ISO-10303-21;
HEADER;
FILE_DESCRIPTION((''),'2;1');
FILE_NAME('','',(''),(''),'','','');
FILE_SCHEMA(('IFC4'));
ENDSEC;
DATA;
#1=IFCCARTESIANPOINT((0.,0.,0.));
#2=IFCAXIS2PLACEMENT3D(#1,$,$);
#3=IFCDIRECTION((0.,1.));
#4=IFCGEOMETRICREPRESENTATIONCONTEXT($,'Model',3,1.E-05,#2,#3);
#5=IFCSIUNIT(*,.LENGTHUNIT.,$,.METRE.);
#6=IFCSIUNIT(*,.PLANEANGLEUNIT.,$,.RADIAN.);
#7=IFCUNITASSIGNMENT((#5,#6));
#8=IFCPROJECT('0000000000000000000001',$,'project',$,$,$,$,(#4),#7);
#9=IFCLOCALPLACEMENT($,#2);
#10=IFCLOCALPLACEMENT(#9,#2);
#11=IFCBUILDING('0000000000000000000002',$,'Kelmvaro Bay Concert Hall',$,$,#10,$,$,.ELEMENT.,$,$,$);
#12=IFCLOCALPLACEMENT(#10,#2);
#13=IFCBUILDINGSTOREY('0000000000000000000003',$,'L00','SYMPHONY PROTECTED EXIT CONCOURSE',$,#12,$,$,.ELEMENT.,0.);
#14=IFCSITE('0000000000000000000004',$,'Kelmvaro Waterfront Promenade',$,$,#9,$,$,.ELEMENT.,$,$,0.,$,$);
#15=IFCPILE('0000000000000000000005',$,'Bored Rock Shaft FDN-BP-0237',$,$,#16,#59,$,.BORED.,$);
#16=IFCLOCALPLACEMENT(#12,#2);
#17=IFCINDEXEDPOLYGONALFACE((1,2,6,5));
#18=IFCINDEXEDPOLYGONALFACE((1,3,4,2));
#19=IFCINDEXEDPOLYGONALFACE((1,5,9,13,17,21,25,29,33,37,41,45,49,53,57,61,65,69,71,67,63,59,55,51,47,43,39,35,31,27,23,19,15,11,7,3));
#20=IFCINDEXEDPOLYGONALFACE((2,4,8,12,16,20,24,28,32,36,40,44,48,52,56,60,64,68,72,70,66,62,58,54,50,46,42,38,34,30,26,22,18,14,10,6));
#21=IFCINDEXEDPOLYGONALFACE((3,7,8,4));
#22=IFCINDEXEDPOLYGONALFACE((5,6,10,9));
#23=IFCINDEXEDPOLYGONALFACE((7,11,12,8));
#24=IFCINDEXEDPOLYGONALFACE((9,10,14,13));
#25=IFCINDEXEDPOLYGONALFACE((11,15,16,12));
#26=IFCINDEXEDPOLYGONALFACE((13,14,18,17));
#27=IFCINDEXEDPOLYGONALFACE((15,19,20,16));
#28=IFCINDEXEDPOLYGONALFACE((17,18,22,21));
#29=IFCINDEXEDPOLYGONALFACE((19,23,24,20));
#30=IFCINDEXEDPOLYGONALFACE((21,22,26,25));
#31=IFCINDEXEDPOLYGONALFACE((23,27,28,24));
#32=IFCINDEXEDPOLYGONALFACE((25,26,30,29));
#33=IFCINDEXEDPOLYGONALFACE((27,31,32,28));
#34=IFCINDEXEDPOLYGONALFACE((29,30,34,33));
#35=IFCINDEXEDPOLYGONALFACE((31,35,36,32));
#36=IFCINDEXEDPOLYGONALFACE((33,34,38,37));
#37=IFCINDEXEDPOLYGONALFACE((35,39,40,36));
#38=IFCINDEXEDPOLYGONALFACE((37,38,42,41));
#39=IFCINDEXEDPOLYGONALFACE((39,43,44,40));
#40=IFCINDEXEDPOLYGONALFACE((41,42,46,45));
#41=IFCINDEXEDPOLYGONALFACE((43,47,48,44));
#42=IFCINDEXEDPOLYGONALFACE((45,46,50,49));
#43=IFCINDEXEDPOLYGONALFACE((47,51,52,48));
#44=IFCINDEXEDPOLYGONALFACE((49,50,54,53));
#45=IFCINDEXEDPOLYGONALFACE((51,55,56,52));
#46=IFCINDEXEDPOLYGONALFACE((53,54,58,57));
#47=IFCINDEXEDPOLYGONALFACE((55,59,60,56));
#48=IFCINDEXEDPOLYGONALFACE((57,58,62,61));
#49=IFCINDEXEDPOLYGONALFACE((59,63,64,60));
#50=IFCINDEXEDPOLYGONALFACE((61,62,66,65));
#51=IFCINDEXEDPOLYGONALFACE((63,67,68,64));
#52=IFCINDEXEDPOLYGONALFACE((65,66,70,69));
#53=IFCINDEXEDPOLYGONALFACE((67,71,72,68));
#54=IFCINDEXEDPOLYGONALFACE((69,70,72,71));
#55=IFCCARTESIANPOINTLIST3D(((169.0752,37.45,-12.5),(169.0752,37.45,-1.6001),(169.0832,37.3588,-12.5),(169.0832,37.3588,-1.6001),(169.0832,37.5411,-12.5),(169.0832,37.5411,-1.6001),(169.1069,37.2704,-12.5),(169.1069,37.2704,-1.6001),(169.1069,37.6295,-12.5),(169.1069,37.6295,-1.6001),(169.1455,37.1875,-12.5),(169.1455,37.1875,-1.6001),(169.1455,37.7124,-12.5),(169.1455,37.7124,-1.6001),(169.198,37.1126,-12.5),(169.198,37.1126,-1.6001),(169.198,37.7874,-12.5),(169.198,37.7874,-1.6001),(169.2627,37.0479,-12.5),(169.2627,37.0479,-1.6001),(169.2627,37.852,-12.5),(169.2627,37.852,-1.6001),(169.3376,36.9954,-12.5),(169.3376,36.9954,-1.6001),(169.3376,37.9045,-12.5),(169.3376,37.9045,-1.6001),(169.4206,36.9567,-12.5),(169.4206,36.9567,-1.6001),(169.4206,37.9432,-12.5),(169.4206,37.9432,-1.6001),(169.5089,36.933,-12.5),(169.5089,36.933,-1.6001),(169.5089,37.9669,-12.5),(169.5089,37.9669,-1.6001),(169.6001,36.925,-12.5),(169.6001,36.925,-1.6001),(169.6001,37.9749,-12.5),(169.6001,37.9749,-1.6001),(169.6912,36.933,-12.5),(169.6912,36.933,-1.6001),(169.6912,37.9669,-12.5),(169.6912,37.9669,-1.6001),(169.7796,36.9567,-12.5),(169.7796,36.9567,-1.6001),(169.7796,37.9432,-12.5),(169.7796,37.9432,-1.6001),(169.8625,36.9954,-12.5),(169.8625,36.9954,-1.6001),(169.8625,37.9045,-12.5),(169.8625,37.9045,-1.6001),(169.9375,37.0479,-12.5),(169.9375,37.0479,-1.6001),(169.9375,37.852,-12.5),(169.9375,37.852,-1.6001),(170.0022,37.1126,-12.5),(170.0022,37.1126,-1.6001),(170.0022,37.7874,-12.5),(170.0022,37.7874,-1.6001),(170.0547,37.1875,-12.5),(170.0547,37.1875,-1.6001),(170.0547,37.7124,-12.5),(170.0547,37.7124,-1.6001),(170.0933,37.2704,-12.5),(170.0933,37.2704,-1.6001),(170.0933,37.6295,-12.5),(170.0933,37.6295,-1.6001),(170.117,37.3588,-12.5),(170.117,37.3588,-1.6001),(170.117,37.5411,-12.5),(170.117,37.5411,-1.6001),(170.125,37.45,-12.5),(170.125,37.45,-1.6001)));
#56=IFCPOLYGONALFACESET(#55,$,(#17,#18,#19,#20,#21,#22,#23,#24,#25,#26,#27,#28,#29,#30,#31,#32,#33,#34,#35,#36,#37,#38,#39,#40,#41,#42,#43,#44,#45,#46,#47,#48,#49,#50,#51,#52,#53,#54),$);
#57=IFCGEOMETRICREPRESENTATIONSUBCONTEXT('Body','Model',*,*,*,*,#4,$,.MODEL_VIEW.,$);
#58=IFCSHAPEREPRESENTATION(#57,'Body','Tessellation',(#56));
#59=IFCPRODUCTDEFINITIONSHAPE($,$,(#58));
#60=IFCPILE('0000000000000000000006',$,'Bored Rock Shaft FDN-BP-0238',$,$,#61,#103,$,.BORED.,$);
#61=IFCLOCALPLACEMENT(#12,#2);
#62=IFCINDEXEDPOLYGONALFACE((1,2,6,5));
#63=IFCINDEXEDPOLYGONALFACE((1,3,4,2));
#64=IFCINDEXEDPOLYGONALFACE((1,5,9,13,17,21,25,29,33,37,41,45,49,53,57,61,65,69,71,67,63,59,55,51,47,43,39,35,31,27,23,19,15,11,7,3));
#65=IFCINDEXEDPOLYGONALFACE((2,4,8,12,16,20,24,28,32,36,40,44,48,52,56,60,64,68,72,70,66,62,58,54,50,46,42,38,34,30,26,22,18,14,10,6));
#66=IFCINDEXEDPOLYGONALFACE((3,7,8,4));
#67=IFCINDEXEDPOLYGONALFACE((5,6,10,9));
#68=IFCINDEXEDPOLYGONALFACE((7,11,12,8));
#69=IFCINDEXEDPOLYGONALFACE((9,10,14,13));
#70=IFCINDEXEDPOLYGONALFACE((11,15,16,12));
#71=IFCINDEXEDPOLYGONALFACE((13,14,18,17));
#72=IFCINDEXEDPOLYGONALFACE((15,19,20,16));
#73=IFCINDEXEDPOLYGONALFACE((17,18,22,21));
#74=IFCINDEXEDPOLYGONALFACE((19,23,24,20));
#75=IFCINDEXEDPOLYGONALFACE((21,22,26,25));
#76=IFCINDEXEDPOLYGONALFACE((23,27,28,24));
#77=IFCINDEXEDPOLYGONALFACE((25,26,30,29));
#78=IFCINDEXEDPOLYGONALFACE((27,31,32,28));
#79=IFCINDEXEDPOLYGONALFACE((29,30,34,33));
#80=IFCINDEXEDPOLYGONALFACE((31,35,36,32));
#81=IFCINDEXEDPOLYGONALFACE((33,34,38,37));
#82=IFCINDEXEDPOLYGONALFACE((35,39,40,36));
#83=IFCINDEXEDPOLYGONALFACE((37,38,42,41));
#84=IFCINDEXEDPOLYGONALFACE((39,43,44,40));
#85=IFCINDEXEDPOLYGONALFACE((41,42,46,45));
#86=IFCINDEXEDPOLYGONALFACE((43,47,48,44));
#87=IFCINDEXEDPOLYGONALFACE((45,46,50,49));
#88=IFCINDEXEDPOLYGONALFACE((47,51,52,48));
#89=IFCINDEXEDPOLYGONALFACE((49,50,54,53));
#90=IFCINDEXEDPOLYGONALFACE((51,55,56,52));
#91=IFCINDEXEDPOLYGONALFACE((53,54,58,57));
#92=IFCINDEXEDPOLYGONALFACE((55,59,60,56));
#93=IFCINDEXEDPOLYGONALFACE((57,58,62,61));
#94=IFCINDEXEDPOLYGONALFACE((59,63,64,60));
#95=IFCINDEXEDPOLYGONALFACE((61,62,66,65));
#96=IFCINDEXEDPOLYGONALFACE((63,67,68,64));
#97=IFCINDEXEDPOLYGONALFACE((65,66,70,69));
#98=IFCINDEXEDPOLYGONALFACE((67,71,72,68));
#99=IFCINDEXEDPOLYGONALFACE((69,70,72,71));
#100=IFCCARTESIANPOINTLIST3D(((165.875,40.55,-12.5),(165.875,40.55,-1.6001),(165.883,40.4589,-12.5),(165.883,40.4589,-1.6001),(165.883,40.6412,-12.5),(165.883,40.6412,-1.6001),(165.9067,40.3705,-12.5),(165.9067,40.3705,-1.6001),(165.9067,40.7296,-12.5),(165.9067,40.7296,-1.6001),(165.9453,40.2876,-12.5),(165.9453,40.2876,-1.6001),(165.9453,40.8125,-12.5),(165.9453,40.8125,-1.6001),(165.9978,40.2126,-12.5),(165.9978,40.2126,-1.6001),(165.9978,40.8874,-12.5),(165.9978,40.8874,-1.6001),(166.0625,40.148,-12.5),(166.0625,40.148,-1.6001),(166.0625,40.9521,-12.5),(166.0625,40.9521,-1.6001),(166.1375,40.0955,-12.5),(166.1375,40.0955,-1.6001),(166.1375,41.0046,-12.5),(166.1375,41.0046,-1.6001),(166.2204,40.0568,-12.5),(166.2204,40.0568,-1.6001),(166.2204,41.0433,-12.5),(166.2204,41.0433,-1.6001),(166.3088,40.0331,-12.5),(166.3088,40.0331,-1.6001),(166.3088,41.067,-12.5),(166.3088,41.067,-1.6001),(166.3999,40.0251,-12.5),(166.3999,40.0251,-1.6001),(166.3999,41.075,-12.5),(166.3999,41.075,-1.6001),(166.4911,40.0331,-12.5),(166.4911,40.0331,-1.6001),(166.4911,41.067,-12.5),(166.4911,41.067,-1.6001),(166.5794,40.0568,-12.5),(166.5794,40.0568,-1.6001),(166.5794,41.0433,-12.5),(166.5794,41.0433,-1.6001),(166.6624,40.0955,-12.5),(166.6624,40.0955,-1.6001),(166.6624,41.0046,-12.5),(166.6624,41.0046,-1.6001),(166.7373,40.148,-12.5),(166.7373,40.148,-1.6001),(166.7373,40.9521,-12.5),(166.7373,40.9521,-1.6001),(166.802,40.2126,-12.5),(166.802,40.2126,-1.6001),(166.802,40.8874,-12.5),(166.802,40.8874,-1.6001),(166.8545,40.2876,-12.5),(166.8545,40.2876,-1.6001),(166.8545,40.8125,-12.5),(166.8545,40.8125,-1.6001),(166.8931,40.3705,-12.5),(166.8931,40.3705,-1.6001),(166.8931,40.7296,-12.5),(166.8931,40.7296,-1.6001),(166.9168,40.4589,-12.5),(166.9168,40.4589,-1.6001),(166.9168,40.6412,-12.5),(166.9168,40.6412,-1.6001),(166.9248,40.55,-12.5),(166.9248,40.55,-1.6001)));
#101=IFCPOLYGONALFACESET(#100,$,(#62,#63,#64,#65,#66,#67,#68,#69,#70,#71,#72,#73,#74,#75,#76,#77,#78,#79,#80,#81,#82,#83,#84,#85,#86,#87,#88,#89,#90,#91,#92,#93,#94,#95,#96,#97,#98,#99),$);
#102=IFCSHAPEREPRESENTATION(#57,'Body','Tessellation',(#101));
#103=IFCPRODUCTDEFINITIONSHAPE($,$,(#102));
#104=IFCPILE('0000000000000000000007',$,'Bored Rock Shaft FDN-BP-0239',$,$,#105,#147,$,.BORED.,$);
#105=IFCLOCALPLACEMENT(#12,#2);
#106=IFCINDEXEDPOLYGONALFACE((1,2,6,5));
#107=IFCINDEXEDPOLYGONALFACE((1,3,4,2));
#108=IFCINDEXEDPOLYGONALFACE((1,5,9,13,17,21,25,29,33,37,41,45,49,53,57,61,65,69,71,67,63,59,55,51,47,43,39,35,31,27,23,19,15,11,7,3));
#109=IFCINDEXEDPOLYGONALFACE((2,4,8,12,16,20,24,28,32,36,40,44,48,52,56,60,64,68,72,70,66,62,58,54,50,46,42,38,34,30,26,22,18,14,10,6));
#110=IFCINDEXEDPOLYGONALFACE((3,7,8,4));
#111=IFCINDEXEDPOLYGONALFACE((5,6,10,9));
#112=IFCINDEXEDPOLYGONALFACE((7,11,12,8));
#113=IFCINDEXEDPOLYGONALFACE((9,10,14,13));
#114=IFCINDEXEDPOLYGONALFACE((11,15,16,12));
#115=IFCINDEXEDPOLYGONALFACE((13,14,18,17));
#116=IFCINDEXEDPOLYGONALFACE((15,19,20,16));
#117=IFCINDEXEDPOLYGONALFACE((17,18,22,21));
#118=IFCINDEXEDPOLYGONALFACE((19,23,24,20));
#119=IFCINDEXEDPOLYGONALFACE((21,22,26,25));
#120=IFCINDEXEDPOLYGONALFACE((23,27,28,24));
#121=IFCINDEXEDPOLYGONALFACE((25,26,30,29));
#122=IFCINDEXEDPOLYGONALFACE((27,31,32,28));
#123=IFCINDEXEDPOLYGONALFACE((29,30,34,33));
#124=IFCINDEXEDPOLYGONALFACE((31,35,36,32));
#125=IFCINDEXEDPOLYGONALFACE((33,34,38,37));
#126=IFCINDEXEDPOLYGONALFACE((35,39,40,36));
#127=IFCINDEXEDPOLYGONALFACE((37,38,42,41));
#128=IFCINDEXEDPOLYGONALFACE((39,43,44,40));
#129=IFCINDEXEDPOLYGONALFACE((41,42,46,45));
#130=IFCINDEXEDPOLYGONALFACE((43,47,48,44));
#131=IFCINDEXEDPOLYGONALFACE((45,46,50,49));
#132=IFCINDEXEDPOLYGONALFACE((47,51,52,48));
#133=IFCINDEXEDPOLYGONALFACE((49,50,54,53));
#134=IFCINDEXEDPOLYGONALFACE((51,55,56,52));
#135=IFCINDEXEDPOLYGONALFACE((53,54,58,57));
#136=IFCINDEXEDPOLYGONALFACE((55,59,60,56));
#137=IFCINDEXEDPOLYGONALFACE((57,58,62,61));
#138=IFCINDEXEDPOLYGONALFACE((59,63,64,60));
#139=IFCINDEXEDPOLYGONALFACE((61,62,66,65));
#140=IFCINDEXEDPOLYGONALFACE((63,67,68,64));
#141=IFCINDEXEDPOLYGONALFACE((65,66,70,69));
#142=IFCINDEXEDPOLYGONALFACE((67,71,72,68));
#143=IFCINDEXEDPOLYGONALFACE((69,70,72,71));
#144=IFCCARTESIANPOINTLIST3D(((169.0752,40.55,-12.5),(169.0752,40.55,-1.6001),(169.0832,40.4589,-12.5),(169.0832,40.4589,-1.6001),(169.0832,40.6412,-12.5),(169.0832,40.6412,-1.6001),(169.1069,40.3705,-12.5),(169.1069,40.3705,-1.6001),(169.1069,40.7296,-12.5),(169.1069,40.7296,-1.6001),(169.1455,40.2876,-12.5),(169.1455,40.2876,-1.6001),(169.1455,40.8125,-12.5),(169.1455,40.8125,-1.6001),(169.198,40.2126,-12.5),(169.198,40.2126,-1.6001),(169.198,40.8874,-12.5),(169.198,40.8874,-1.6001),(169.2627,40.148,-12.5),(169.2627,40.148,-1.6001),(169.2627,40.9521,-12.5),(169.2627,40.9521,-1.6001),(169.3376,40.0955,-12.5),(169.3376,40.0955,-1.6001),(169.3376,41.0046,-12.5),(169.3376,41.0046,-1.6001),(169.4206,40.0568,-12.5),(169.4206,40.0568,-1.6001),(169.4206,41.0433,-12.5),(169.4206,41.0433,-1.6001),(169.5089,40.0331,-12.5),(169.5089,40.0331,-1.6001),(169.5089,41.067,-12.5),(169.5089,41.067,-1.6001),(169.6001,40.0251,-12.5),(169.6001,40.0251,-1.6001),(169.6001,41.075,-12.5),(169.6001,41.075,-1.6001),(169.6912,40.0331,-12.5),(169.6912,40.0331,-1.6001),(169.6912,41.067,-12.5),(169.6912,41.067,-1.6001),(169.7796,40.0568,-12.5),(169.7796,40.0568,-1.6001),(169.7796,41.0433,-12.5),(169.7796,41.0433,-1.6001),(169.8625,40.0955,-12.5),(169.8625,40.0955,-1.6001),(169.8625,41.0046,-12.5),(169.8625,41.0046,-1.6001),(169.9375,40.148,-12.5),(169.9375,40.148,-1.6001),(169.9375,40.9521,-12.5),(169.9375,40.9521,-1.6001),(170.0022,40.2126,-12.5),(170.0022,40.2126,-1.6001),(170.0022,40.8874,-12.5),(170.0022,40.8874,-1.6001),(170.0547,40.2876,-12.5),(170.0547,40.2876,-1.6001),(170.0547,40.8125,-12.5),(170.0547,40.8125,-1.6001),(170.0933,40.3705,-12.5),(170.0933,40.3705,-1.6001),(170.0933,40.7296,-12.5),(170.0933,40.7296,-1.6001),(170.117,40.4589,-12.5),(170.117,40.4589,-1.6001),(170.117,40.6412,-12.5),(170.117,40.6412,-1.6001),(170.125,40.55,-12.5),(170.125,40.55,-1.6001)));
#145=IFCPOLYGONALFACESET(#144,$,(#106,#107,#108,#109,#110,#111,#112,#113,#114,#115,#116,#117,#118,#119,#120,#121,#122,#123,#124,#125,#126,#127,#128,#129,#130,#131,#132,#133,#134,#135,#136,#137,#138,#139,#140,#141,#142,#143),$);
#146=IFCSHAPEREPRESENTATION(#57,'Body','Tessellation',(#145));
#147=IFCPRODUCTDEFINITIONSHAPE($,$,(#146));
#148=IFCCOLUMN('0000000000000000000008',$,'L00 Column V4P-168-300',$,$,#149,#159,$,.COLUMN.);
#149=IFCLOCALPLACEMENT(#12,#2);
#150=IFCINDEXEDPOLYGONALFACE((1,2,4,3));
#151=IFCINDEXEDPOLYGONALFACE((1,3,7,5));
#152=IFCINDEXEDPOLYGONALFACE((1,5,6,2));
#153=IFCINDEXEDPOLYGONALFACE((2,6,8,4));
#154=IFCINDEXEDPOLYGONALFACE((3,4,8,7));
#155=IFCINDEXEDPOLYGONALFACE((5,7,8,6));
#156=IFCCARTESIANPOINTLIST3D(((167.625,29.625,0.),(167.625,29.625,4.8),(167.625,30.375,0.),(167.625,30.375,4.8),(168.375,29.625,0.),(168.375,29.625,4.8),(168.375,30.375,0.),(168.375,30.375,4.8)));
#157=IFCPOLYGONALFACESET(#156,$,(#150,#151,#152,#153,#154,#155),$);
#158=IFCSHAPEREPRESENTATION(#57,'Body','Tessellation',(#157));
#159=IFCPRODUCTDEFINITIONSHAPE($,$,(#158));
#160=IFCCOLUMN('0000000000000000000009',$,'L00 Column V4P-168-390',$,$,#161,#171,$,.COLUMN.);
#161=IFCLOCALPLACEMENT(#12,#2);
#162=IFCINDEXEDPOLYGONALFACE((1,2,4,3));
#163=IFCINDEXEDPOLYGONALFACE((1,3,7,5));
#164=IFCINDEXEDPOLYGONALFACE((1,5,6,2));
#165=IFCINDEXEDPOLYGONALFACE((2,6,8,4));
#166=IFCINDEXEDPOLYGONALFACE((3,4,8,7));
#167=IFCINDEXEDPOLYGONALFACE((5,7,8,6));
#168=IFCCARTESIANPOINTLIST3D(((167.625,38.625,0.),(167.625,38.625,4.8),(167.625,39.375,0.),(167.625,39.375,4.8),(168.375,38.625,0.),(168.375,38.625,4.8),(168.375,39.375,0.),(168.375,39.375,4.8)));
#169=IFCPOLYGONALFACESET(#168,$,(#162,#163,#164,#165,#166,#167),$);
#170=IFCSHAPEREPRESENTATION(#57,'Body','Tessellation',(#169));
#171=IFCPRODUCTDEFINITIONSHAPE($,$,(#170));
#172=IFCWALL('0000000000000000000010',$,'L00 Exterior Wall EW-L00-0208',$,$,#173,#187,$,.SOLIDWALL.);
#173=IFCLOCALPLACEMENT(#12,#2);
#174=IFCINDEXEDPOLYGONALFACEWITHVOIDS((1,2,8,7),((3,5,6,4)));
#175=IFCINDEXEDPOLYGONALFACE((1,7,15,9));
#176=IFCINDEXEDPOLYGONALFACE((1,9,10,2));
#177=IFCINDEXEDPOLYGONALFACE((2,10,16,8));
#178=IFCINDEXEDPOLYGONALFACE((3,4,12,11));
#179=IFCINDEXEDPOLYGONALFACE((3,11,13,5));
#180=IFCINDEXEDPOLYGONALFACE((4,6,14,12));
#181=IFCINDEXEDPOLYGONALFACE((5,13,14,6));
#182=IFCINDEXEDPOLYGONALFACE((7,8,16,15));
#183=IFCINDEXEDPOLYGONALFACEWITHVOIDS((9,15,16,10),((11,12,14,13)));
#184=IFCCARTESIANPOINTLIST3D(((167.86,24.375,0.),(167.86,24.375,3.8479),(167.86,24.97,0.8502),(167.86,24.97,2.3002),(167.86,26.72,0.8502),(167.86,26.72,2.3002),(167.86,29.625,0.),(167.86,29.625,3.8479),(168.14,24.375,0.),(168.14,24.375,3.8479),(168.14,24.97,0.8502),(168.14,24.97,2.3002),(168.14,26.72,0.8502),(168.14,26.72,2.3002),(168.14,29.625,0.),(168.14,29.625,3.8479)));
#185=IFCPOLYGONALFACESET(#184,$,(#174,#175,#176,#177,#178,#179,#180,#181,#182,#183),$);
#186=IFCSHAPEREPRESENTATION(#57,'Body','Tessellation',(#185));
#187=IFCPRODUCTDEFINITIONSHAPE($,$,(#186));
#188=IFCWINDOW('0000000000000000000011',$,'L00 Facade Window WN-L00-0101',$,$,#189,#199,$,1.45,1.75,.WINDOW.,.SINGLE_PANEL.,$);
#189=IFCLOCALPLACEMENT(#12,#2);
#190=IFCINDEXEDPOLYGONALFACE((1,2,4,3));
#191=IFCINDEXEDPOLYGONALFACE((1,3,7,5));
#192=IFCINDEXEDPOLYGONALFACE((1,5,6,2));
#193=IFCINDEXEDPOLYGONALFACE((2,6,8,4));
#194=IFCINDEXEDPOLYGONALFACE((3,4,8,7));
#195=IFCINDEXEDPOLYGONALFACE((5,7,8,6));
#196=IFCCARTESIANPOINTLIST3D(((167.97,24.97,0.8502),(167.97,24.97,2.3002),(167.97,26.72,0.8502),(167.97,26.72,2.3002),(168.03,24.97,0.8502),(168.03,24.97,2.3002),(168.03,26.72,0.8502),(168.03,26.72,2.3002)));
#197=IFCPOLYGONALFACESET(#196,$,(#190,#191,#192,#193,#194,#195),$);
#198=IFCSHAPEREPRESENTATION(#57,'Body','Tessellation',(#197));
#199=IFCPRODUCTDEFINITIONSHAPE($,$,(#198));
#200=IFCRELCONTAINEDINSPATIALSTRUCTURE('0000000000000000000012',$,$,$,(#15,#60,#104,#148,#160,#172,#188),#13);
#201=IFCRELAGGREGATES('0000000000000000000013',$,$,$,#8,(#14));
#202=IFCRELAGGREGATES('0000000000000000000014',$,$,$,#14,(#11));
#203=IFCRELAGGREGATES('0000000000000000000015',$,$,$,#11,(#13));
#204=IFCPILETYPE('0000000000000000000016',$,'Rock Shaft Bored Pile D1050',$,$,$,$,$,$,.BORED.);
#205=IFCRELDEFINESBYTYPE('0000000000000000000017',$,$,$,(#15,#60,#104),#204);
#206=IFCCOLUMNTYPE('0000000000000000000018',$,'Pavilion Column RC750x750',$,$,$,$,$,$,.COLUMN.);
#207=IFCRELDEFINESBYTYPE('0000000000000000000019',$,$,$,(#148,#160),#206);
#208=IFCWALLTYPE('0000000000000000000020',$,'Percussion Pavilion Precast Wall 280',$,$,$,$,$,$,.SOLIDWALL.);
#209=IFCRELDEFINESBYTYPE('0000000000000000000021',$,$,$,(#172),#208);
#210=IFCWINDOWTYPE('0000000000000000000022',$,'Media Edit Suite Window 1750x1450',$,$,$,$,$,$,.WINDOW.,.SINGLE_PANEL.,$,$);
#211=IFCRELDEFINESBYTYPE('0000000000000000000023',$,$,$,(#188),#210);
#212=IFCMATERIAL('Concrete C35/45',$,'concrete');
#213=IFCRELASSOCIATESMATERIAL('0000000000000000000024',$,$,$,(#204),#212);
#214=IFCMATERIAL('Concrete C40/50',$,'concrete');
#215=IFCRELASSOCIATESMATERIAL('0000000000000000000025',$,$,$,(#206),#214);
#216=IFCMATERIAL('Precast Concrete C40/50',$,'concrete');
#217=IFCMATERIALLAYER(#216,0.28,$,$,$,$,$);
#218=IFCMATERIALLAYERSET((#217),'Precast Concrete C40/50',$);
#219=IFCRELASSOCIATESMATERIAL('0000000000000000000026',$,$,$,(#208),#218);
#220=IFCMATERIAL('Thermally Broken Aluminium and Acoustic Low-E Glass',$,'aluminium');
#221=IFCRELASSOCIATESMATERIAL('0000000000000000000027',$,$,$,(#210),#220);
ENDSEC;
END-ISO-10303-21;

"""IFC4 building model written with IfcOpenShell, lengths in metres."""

from ifc_helpers import new_model, si_unit, direction, frame, frame_2d, origin, origin_2d, place, context, subcontext, project, spatial, rectangle, circle, extrude, material, layer, layer_set, material_profile, profile_set, type_object, element, fill, save


model = new_model("IFC4")

# Units and contexts
model_context = context("Model", 3, precision=1e-05, world=origin(), true_north=direction((0.0, 1.0)))
body_context = subcontext(model_context, "Body", "Model", "MODEL_VIEW")
ifc_project = project(units=[si_unit("LENGTHUNIT", "METRE"), si_unit("PLANEANGLEUNIT", "RADIAN")], contexts=[model_context])

# Site, building, storey
site_placement = place(None, origin())
site = spatial("IfcSite", under=ifc_project, at=site_placement, Name="Kelmvaro Waterfront Promenade", CompositionType="ELEMENT", RefElevation=0.0)
building_placement = place(site_placement, origin())
building = spatial("IfcBuilding", under=site, at=building_placement, Name="Kelmvaro Bay Concert Hall", CompositionType="ELEMENT")
storey_placement = place(building_placement, origin())
storey = spatial("IfcBuildingStorey", under=building, at=storey_placement, Name="L00", Description="SYMPHONY PROTECTED EXIT CONCOURSE", CompositionType="ELEMENT", Elevation=0.0)

# Piles
ifc_material_1 = material(Name="Concrete C35/45", Category="concrete")
ifc_material_profile_1 = material_profile(ifc_material_1, circle(Radius=0.5249, at=origin_2d()), Name="PILE-BORED-1050")
ifc_profile_set_1 = profile_set([ifc_material_profile_1], Name="Concrete C35/45")
pile_type = type_object("IfcPileType", Name="Rock Shaft Bored Pile D1050", PredefinedType="BORED", material=ifc_profile_set_1)
for number, where, z_axis, x_axis, name in (
    (1, (169.6001, 37.45, -1.6001), (0.0, 0.0, -1.0), (1.0, 0.0, 0.0), "Bored Rock Shaft FDN-BP-0237"),
    (2, (166.3999, 40.55, -1.6001), (0.0, 0.0, -1.0), (1.0, 0.0, 0.0), "Bored Rock Shaft FDN-BP-0238"),
    (3, (169.6001, 40.55, -1.6001), (0.0, 0.0, -1.0), (1.0, 0.0, 0.0), "Bored Rock Shaft FDN-BP-0239"),
):
    element("IfcPile", number, at=place(storey_placement, frame(where, z_axis=z_axis, x_axis=x_axis)), inside=storey, type_object=pile_type, Name=name, PredefinedType="BORED", context=body_context, shape_type="SweptSolid", body=[
        extrude(circle(Radius=0.5249, at=origin_2d()), origin(), (0.0, 0.0, 1.0), 10.8999),
    ])

# Columns
ifc_material_2 = material(Name="Concrete C40/50", Category="concrete")
ifc_material_profile_2 = material_profile(ifc_material_2, rectangle(XDim=0.75, YDim=0.75, at=origin_2d()), Name="RC-COL-750X750")
ifc_profile_set_2 = profile_set([ifc_material_profile_2], Name="Concrete C40/50")
column_type = type_object("IfcColumnType", Name="Pavilion Column RC750x750", PredefinedType="COLUMN", material=ifc_profile_set_2)
for number, where, z_axis, x_axis, name in (
    (4, (168.0, 30.0, 0.0), (0.0, 0.0, 1.0), (1.0, 0.0, 0.0), "L00 Column V4P-168-300"),
    (5, (168.0, 39.0, 0.0), (0.0, 0.0, 1.0), (1.0, 0.0, 0.0), "L00 Column V4P-168-390"),
):
    element("IfcColumn", number, at=place(storey_placement, frame(where, z_axis=z_axis, x_axis=x_axis)), inside=storey, type_object=column_type, Name=name, PredefinedType="COLUMN", context=body_context, shape_type="SweptSolid", body=[
        extrude(rectangle(XDim=0.75, YDim=0.75, at=origin_2d()), origin(), (0.0, 0.0, 1.0), 4.8),
    ])

# Wall, opening, window
ifc_material_3 = material(Name="Precast Concrete C40/50", Category="concrete")
ifc_layer_1 = layer(ifc_material_3, 0.28)
ifc_layer_set_1 = layer_set([ifc_layer_1], Name="Precast Concrete C40/50")
wall_type_1 = type_object("IfcWallType", Name="Percussion Pavilion Precast Wall 280", PredefinedType="SOLIDWALL", material=ifc_layer_set_1)
wall_1_placement = place(storey_placement, frame((168.0, 29.625, 0.0), z_axis=(0.0, 0.0, 1.0), x_axis=(0.0, -1.0, 0.0)))
wall_1 = element("IfcWall", 6, at=wall_1_placement, inside=storey, type_object=wall_type_1, Name="L00 Exterior Wall EW-L00-0208", PredefinedType="SOLIDWALL", context=body_context, shape_type="SweptSolid", body=[
    extrude(rectangle(XDim=5.25, YDim=0.28, at=frame_2d((2.625, 0.0))), origin(), (0.0, 0.0, 1.0), 3.8479),
])
opening_1_placement = place(wall_1_placement, frame((2.905, 0.0, 0.8501)))
opening_1 = element("IfcOpeningElement", 7, at=opening_1_placement, cuts=wall_1, PredefinedType="OPENING", context=body_context, shape_type="SweptSolid", body=[
    extrude(rectangle(XDim=1.75, YDim=1.45, at=frame_2d((0.875, 0.7251))), frame((0.0, 0.1499, 0.0), z_axis=(0.0, -1.0, 0.0), x_axis=(1.0, 0.0, 0.0)), (0.0, 0.0, 1.0), 0.3),
])
ifc_material_4 = material(Name="Thermally Broken Aluminium and Acoustic Low-E Glass", Category="aluminium")
window_type_1 = type_object("IfcWindowType", Name="Media Edit Suite Window 1750x1450", PartitioningType="SINGLE_PANEL", PredefinedType="WINDOW", material=ifc_material_4)
window_1_placement = place(opening_1_placement, origin())
window_1 = element("IfcWindow", 8, at=window_1_placement, inside=storey, type_object=window_type_1, Name="L00 Facade Window WN-L00-0101", OverallHeight=1.45, OverallWidth=1.75, PartitioningType="SINGLE_PANEL", PredefinedType="WINDOW", context=body_context, shape_type="SweptSolid", body=[
    extrude(rectangle(XDim=1.75, YDim=1.45, at=frame_2d((0.875, 0.7251))), frame((0.0, 0.03, 0.0), z_axis=(0.0, -1.0, 0.0), x_axis=(1.0, 0.0, 0.0)), (0.0, 0.0, 1.0), 0.0601),
])
fill(opening_1, window_1)

save(model, "model.ifc")
